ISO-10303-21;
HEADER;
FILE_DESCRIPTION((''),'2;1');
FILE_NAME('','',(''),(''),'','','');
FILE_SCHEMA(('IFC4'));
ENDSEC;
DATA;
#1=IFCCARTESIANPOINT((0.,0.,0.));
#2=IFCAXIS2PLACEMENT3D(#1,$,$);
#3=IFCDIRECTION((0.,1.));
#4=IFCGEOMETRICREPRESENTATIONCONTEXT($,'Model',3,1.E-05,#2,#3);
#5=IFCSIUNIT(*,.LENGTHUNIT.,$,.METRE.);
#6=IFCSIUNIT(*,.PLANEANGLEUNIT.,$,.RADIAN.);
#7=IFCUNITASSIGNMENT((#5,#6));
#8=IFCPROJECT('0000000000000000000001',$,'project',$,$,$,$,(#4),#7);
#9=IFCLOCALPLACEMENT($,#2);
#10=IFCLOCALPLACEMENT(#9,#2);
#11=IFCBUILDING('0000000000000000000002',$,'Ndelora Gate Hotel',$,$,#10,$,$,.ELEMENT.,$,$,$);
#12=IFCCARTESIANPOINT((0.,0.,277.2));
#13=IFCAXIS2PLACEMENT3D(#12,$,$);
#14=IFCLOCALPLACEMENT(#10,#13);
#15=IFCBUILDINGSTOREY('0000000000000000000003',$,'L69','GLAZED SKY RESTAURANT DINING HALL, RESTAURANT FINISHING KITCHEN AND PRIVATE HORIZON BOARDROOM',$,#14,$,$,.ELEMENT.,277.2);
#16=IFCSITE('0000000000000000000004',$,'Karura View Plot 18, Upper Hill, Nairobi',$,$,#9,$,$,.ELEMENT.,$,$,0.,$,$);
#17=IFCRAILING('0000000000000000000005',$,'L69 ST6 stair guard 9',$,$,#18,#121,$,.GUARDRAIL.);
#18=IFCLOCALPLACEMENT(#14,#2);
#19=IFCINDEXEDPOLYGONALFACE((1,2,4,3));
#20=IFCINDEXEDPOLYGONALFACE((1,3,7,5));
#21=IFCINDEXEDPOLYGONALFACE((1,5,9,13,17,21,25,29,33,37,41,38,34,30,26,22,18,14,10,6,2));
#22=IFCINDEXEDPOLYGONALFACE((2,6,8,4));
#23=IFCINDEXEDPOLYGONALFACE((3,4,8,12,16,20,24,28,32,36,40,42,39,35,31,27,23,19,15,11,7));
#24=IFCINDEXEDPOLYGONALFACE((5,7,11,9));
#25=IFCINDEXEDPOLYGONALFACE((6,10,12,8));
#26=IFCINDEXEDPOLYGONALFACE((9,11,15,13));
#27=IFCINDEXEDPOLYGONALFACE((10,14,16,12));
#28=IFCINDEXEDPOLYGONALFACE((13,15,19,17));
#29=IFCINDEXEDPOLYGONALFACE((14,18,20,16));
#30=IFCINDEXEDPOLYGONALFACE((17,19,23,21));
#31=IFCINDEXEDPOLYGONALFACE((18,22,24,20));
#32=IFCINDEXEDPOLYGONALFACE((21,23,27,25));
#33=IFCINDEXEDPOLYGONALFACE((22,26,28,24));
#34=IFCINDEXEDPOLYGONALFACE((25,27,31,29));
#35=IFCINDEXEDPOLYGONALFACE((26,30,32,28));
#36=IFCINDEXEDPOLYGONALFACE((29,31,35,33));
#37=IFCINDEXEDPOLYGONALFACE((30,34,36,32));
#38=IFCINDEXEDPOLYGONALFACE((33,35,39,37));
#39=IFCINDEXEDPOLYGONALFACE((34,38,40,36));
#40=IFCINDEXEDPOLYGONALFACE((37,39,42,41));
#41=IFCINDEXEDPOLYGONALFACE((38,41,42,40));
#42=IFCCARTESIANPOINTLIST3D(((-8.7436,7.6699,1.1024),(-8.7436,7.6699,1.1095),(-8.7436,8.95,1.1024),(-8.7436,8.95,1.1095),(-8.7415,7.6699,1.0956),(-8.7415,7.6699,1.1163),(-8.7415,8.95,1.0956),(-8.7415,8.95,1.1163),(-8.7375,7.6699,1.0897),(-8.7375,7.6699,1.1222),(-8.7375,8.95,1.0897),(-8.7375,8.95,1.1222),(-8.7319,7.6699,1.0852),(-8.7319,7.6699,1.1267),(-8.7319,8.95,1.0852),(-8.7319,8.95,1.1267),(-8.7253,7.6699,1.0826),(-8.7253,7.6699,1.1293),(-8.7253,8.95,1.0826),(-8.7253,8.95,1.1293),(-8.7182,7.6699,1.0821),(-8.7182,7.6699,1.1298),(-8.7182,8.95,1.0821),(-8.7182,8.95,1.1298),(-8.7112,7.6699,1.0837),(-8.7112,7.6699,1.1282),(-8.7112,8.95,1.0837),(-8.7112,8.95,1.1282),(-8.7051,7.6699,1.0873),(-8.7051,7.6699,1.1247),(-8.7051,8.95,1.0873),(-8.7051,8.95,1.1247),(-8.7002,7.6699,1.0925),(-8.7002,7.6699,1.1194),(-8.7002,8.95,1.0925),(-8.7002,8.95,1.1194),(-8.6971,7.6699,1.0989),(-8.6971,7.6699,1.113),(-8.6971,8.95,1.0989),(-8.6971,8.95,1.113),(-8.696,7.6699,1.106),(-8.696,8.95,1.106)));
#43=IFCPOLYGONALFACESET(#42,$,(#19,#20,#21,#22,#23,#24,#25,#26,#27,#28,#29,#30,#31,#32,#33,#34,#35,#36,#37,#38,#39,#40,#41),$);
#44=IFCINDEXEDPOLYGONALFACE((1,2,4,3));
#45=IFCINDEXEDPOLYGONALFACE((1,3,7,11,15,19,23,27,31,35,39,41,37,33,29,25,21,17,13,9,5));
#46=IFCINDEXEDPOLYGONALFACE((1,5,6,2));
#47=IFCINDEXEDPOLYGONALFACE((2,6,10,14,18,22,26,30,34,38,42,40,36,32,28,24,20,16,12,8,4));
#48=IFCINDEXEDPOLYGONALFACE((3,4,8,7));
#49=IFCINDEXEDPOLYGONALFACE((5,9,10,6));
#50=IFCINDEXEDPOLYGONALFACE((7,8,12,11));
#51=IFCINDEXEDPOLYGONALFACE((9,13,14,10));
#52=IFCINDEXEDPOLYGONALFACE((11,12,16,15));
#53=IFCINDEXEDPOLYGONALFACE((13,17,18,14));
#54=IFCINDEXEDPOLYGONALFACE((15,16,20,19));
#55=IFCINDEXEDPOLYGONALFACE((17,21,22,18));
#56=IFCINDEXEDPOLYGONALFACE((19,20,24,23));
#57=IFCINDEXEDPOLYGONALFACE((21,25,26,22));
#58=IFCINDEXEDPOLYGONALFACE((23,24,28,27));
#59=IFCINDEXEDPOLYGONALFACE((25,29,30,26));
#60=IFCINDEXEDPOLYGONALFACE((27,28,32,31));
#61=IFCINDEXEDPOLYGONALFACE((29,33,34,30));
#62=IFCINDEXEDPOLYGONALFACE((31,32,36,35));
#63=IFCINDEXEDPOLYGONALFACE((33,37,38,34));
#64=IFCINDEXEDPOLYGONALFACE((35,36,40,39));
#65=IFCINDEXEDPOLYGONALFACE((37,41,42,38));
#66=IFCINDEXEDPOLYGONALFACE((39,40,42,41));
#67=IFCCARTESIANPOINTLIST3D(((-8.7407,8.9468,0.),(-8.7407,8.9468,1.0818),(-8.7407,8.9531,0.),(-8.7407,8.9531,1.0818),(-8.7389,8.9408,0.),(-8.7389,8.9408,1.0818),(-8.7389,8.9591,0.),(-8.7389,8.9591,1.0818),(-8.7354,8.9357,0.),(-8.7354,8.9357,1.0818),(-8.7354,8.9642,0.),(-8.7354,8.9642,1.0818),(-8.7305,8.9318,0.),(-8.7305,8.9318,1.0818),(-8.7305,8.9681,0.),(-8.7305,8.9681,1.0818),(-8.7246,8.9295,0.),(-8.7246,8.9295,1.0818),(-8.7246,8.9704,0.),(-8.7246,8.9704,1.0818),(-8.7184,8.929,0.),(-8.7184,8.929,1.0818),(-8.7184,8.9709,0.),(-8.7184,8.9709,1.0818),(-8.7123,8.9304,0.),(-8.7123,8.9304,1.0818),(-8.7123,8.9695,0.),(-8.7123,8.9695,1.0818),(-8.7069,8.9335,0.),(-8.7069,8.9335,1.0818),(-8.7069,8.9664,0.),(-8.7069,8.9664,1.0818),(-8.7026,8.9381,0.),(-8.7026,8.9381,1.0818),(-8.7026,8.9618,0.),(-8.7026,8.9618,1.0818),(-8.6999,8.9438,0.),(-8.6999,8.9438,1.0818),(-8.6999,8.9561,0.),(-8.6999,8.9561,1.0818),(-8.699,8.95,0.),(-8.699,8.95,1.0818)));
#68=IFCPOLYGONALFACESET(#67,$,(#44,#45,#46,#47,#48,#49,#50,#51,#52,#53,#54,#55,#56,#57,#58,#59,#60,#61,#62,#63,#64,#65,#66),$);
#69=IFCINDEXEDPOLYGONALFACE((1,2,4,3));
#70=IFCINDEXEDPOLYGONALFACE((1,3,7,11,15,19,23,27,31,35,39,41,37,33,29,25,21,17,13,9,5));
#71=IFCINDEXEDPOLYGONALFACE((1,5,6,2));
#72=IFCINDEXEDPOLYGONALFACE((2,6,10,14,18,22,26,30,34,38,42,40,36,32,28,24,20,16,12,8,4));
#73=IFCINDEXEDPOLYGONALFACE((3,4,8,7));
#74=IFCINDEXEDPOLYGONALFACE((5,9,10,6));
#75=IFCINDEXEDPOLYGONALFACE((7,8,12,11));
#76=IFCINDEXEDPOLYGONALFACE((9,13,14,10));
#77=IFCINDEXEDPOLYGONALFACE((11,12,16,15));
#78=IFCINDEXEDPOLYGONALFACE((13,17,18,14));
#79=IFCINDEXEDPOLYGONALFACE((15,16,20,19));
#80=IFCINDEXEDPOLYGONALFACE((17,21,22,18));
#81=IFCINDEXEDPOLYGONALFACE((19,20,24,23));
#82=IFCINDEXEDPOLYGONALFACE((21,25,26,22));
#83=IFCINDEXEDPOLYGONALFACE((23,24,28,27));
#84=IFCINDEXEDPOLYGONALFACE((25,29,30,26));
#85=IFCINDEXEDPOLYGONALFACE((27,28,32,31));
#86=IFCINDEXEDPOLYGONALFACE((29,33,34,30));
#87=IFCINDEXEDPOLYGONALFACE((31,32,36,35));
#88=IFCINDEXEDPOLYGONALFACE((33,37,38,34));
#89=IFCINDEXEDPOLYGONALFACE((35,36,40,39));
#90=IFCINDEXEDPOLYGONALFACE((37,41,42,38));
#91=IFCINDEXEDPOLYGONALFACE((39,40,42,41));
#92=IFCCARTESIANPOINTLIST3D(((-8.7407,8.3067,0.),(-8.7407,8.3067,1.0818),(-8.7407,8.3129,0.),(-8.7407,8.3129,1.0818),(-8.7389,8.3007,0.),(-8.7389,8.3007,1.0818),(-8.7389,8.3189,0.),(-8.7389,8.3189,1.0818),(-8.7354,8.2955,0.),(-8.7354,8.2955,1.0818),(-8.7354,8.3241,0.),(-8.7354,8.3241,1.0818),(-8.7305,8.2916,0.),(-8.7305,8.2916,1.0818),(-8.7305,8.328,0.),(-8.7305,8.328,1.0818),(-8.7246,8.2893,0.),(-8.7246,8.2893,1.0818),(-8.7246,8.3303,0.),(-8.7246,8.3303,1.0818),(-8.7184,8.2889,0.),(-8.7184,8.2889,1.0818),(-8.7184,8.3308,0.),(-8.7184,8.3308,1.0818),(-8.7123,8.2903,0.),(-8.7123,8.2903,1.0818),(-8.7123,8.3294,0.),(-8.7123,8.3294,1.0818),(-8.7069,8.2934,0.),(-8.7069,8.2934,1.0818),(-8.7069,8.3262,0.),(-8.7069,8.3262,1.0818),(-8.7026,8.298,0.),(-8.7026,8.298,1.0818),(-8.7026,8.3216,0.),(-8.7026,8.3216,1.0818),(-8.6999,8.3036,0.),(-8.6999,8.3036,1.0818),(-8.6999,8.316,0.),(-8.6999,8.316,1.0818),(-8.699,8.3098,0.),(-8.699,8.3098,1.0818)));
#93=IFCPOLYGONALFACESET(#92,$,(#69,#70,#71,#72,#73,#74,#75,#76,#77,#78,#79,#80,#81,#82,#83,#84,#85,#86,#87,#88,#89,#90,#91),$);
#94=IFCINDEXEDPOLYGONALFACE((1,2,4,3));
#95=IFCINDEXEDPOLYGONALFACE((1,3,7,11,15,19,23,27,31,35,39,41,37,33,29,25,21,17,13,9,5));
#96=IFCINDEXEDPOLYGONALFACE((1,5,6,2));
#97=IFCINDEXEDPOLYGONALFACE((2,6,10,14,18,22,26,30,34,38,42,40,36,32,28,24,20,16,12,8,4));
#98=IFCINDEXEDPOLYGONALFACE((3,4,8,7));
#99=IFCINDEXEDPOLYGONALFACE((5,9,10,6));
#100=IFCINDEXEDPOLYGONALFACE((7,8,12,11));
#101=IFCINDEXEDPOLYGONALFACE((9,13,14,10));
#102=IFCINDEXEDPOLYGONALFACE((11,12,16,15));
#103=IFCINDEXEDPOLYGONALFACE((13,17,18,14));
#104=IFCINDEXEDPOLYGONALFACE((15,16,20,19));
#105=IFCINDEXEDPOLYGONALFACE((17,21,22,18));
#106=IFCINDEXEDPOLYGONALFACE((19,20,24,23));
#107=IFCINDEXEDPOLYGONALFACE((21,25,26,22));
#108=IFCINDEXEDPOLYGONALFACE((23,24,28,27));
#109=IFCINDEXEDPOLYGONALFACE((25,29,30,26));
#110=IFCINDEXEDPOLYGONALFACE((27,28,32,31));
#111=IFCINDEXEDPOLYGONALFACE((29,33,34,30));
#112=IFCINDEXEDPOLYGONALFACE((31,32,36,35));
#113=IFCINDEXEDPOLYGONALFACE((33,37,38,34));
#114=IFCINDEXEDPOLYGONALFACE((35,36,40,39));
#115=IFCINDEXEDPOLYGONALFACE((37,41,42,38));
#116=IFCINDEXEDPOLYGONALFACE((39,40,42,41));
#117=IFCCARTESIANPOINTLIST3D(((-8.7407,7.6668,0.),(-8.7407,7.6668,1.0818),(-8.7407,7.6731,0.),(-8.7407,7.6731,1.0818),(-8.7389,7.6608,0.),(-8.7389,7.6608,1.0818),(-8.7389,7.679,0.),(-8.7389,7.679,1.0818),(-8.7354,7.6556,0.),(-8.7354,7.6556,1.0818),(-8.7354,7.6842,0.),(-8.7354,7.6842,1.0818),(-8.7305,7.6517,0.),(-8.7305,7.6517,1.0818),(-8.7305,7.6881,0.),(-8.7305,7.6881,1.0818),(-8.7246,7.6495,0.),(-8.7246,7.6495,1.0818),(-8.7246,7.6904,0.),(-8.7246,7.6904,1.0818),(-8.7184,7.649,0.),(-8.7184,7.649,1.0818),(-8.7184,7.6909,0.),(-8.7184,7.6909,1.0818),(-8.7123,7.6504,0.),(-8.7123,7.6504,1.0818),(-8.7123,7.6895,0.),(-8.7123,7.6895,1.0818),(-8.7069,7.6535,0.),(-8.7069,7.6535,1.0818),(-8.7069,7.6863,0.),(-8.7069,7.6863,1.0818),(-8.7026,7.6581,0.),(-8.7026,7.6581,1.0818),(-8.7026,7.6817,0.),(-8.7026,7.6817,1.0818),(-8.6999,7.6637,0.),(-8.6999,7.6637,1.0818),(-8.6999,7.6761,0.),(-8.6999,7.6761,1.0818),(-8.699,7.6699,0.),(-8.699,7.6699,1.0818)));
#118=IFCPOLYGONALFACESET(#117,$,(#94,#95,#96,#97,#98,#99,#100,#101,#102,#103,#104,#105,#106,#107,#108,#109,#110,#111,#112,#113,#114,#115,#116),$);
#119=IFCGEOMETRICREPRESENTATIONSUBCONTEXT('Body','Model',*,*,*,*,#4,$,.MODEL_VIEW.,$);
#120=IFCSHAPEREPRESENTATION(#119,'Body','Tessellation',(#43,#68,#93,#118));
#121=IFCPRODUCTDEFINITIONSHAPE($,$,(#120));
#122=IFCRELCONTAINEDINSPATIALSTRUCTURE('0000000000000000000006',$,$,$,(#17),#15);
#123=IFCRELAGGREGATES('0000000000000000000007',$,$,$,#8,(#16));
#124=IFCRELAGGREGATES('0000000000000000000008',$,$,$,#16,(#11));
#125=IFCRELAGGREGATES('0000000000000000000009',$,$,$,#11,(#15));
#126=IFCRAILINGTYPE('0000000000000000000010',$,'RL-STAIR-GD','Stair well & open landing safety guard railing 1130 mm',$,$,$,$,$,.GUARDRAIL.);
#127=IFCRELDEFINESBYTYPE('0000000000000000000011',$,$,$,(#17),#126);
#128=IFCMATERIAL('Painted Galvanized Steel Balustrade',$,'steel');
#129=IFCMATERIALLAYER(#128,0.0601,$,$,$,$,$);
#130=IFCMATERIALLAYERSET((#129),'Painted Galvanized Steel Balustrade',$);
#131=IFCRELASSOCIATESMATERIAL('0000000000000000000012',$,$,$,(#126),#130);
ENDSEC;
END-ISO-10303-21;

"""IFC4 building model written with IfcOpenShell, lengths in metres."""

from ifc_helpers import new_model, si_unit, direction, frame, origin, origin_2d, place, context, subcontext, project, spatial, circle, extrude, material, layer, layer_set, type_object, element, save


model = new_model("IFC4")

# Units and contexts
model_context = context("Model", 3, precision=1e-05, world=origin(), true_north=direction((0.0, 1.0)))
body_context = subcontext(model_context, "Body", "Model", "MODEL_VIEW")
ifc_project = project(units=[si_unit("LENGTHUNIT", "METRE"), si_unit("PLANEANGLEUNIT", "RADIAN")], contexts=[model_context])

# Site, building, storey
site_placement = place(None, origin())
site = spatial("IfcSite", under=ifc_project, at=site_placement, Name="Karura View Plot 18, Upper Hill, Nairobi", CompositionType="ELEMENT", RefElevation=0.0)
building_placement = place(site_placement, origin())
building = spatial("IfcBuilding", under=site, at=building_placement, Name="Ndelora Gate Hotel", CompositionType="ELEMENT")
storey_placement = place(building_placement, frame((0.0, 0.0, 277.2)))
storey = spatial("IfcBuildingStorey", under=building, at=storey_placement, Name="L69", Description="GLAZED SKY RESTAURANT DINING HALL, RESTAURANT FINISHING KITCHEN AND PRIVATE HORIZON BOARDROOM", CompositionType="ELEMENT", Elevation=277.2)

# Railing
ifc_material_1 = material(Name="Painted Galvanized Steel Balustrade", Category="steel")
ifc_layer_1 = layer(ifc_material_1, 0.0601)
ifc_layer_set_1 = layer_set([ifc_layer_1], Name="Painted Galvanized Steel Balustrade")
railing_type = type_object("IfcRailingType", Name="RL-STAIR-GD", Description="Stair well & open landing safety guard railing 1130 mm", PredefinedType="GUARDRAIL", material=ifc_layer_set_1)
railing_1_placement = place(storey_placement, frame((-8.72, 8.95, 0.0)))
element("IfcRailing", 1, at=railing_1_placement, inside=storey, type_object=railing_type, Name="L69 ST6 stair guard 9", PredefinedType="GUARDRAIL", context=body_context, shape_type="SweptSolid", body=[
    extrude(circle(Radius=0.0239, at=origin_2d()), frame((0.0, 0.0, 1.106), z_axis=(0.0, -1.0, 0.0), x_axis=(1.0, 0.0, 0.0)), (0.0, 0.0, 1.0), 1.28),
    extrude(circle(Radius=0.021, at=origin_2d()), origin(), (0.0, 0.0, 1.0), 1.0818),
    extrude(circle(Radius=0.021, at=origin_2d()), frame((0.0, -0.6401, 0.0)), (0.0, 0.0, 1.0), 1.0818),
    extrude(circle(Radius=0.021, at=origin_2d()), frame((0.0, -1.28, 0.0)), (0.0, 0.0, 1.0), 1.0818),
])

save(model, "model.ifc")
